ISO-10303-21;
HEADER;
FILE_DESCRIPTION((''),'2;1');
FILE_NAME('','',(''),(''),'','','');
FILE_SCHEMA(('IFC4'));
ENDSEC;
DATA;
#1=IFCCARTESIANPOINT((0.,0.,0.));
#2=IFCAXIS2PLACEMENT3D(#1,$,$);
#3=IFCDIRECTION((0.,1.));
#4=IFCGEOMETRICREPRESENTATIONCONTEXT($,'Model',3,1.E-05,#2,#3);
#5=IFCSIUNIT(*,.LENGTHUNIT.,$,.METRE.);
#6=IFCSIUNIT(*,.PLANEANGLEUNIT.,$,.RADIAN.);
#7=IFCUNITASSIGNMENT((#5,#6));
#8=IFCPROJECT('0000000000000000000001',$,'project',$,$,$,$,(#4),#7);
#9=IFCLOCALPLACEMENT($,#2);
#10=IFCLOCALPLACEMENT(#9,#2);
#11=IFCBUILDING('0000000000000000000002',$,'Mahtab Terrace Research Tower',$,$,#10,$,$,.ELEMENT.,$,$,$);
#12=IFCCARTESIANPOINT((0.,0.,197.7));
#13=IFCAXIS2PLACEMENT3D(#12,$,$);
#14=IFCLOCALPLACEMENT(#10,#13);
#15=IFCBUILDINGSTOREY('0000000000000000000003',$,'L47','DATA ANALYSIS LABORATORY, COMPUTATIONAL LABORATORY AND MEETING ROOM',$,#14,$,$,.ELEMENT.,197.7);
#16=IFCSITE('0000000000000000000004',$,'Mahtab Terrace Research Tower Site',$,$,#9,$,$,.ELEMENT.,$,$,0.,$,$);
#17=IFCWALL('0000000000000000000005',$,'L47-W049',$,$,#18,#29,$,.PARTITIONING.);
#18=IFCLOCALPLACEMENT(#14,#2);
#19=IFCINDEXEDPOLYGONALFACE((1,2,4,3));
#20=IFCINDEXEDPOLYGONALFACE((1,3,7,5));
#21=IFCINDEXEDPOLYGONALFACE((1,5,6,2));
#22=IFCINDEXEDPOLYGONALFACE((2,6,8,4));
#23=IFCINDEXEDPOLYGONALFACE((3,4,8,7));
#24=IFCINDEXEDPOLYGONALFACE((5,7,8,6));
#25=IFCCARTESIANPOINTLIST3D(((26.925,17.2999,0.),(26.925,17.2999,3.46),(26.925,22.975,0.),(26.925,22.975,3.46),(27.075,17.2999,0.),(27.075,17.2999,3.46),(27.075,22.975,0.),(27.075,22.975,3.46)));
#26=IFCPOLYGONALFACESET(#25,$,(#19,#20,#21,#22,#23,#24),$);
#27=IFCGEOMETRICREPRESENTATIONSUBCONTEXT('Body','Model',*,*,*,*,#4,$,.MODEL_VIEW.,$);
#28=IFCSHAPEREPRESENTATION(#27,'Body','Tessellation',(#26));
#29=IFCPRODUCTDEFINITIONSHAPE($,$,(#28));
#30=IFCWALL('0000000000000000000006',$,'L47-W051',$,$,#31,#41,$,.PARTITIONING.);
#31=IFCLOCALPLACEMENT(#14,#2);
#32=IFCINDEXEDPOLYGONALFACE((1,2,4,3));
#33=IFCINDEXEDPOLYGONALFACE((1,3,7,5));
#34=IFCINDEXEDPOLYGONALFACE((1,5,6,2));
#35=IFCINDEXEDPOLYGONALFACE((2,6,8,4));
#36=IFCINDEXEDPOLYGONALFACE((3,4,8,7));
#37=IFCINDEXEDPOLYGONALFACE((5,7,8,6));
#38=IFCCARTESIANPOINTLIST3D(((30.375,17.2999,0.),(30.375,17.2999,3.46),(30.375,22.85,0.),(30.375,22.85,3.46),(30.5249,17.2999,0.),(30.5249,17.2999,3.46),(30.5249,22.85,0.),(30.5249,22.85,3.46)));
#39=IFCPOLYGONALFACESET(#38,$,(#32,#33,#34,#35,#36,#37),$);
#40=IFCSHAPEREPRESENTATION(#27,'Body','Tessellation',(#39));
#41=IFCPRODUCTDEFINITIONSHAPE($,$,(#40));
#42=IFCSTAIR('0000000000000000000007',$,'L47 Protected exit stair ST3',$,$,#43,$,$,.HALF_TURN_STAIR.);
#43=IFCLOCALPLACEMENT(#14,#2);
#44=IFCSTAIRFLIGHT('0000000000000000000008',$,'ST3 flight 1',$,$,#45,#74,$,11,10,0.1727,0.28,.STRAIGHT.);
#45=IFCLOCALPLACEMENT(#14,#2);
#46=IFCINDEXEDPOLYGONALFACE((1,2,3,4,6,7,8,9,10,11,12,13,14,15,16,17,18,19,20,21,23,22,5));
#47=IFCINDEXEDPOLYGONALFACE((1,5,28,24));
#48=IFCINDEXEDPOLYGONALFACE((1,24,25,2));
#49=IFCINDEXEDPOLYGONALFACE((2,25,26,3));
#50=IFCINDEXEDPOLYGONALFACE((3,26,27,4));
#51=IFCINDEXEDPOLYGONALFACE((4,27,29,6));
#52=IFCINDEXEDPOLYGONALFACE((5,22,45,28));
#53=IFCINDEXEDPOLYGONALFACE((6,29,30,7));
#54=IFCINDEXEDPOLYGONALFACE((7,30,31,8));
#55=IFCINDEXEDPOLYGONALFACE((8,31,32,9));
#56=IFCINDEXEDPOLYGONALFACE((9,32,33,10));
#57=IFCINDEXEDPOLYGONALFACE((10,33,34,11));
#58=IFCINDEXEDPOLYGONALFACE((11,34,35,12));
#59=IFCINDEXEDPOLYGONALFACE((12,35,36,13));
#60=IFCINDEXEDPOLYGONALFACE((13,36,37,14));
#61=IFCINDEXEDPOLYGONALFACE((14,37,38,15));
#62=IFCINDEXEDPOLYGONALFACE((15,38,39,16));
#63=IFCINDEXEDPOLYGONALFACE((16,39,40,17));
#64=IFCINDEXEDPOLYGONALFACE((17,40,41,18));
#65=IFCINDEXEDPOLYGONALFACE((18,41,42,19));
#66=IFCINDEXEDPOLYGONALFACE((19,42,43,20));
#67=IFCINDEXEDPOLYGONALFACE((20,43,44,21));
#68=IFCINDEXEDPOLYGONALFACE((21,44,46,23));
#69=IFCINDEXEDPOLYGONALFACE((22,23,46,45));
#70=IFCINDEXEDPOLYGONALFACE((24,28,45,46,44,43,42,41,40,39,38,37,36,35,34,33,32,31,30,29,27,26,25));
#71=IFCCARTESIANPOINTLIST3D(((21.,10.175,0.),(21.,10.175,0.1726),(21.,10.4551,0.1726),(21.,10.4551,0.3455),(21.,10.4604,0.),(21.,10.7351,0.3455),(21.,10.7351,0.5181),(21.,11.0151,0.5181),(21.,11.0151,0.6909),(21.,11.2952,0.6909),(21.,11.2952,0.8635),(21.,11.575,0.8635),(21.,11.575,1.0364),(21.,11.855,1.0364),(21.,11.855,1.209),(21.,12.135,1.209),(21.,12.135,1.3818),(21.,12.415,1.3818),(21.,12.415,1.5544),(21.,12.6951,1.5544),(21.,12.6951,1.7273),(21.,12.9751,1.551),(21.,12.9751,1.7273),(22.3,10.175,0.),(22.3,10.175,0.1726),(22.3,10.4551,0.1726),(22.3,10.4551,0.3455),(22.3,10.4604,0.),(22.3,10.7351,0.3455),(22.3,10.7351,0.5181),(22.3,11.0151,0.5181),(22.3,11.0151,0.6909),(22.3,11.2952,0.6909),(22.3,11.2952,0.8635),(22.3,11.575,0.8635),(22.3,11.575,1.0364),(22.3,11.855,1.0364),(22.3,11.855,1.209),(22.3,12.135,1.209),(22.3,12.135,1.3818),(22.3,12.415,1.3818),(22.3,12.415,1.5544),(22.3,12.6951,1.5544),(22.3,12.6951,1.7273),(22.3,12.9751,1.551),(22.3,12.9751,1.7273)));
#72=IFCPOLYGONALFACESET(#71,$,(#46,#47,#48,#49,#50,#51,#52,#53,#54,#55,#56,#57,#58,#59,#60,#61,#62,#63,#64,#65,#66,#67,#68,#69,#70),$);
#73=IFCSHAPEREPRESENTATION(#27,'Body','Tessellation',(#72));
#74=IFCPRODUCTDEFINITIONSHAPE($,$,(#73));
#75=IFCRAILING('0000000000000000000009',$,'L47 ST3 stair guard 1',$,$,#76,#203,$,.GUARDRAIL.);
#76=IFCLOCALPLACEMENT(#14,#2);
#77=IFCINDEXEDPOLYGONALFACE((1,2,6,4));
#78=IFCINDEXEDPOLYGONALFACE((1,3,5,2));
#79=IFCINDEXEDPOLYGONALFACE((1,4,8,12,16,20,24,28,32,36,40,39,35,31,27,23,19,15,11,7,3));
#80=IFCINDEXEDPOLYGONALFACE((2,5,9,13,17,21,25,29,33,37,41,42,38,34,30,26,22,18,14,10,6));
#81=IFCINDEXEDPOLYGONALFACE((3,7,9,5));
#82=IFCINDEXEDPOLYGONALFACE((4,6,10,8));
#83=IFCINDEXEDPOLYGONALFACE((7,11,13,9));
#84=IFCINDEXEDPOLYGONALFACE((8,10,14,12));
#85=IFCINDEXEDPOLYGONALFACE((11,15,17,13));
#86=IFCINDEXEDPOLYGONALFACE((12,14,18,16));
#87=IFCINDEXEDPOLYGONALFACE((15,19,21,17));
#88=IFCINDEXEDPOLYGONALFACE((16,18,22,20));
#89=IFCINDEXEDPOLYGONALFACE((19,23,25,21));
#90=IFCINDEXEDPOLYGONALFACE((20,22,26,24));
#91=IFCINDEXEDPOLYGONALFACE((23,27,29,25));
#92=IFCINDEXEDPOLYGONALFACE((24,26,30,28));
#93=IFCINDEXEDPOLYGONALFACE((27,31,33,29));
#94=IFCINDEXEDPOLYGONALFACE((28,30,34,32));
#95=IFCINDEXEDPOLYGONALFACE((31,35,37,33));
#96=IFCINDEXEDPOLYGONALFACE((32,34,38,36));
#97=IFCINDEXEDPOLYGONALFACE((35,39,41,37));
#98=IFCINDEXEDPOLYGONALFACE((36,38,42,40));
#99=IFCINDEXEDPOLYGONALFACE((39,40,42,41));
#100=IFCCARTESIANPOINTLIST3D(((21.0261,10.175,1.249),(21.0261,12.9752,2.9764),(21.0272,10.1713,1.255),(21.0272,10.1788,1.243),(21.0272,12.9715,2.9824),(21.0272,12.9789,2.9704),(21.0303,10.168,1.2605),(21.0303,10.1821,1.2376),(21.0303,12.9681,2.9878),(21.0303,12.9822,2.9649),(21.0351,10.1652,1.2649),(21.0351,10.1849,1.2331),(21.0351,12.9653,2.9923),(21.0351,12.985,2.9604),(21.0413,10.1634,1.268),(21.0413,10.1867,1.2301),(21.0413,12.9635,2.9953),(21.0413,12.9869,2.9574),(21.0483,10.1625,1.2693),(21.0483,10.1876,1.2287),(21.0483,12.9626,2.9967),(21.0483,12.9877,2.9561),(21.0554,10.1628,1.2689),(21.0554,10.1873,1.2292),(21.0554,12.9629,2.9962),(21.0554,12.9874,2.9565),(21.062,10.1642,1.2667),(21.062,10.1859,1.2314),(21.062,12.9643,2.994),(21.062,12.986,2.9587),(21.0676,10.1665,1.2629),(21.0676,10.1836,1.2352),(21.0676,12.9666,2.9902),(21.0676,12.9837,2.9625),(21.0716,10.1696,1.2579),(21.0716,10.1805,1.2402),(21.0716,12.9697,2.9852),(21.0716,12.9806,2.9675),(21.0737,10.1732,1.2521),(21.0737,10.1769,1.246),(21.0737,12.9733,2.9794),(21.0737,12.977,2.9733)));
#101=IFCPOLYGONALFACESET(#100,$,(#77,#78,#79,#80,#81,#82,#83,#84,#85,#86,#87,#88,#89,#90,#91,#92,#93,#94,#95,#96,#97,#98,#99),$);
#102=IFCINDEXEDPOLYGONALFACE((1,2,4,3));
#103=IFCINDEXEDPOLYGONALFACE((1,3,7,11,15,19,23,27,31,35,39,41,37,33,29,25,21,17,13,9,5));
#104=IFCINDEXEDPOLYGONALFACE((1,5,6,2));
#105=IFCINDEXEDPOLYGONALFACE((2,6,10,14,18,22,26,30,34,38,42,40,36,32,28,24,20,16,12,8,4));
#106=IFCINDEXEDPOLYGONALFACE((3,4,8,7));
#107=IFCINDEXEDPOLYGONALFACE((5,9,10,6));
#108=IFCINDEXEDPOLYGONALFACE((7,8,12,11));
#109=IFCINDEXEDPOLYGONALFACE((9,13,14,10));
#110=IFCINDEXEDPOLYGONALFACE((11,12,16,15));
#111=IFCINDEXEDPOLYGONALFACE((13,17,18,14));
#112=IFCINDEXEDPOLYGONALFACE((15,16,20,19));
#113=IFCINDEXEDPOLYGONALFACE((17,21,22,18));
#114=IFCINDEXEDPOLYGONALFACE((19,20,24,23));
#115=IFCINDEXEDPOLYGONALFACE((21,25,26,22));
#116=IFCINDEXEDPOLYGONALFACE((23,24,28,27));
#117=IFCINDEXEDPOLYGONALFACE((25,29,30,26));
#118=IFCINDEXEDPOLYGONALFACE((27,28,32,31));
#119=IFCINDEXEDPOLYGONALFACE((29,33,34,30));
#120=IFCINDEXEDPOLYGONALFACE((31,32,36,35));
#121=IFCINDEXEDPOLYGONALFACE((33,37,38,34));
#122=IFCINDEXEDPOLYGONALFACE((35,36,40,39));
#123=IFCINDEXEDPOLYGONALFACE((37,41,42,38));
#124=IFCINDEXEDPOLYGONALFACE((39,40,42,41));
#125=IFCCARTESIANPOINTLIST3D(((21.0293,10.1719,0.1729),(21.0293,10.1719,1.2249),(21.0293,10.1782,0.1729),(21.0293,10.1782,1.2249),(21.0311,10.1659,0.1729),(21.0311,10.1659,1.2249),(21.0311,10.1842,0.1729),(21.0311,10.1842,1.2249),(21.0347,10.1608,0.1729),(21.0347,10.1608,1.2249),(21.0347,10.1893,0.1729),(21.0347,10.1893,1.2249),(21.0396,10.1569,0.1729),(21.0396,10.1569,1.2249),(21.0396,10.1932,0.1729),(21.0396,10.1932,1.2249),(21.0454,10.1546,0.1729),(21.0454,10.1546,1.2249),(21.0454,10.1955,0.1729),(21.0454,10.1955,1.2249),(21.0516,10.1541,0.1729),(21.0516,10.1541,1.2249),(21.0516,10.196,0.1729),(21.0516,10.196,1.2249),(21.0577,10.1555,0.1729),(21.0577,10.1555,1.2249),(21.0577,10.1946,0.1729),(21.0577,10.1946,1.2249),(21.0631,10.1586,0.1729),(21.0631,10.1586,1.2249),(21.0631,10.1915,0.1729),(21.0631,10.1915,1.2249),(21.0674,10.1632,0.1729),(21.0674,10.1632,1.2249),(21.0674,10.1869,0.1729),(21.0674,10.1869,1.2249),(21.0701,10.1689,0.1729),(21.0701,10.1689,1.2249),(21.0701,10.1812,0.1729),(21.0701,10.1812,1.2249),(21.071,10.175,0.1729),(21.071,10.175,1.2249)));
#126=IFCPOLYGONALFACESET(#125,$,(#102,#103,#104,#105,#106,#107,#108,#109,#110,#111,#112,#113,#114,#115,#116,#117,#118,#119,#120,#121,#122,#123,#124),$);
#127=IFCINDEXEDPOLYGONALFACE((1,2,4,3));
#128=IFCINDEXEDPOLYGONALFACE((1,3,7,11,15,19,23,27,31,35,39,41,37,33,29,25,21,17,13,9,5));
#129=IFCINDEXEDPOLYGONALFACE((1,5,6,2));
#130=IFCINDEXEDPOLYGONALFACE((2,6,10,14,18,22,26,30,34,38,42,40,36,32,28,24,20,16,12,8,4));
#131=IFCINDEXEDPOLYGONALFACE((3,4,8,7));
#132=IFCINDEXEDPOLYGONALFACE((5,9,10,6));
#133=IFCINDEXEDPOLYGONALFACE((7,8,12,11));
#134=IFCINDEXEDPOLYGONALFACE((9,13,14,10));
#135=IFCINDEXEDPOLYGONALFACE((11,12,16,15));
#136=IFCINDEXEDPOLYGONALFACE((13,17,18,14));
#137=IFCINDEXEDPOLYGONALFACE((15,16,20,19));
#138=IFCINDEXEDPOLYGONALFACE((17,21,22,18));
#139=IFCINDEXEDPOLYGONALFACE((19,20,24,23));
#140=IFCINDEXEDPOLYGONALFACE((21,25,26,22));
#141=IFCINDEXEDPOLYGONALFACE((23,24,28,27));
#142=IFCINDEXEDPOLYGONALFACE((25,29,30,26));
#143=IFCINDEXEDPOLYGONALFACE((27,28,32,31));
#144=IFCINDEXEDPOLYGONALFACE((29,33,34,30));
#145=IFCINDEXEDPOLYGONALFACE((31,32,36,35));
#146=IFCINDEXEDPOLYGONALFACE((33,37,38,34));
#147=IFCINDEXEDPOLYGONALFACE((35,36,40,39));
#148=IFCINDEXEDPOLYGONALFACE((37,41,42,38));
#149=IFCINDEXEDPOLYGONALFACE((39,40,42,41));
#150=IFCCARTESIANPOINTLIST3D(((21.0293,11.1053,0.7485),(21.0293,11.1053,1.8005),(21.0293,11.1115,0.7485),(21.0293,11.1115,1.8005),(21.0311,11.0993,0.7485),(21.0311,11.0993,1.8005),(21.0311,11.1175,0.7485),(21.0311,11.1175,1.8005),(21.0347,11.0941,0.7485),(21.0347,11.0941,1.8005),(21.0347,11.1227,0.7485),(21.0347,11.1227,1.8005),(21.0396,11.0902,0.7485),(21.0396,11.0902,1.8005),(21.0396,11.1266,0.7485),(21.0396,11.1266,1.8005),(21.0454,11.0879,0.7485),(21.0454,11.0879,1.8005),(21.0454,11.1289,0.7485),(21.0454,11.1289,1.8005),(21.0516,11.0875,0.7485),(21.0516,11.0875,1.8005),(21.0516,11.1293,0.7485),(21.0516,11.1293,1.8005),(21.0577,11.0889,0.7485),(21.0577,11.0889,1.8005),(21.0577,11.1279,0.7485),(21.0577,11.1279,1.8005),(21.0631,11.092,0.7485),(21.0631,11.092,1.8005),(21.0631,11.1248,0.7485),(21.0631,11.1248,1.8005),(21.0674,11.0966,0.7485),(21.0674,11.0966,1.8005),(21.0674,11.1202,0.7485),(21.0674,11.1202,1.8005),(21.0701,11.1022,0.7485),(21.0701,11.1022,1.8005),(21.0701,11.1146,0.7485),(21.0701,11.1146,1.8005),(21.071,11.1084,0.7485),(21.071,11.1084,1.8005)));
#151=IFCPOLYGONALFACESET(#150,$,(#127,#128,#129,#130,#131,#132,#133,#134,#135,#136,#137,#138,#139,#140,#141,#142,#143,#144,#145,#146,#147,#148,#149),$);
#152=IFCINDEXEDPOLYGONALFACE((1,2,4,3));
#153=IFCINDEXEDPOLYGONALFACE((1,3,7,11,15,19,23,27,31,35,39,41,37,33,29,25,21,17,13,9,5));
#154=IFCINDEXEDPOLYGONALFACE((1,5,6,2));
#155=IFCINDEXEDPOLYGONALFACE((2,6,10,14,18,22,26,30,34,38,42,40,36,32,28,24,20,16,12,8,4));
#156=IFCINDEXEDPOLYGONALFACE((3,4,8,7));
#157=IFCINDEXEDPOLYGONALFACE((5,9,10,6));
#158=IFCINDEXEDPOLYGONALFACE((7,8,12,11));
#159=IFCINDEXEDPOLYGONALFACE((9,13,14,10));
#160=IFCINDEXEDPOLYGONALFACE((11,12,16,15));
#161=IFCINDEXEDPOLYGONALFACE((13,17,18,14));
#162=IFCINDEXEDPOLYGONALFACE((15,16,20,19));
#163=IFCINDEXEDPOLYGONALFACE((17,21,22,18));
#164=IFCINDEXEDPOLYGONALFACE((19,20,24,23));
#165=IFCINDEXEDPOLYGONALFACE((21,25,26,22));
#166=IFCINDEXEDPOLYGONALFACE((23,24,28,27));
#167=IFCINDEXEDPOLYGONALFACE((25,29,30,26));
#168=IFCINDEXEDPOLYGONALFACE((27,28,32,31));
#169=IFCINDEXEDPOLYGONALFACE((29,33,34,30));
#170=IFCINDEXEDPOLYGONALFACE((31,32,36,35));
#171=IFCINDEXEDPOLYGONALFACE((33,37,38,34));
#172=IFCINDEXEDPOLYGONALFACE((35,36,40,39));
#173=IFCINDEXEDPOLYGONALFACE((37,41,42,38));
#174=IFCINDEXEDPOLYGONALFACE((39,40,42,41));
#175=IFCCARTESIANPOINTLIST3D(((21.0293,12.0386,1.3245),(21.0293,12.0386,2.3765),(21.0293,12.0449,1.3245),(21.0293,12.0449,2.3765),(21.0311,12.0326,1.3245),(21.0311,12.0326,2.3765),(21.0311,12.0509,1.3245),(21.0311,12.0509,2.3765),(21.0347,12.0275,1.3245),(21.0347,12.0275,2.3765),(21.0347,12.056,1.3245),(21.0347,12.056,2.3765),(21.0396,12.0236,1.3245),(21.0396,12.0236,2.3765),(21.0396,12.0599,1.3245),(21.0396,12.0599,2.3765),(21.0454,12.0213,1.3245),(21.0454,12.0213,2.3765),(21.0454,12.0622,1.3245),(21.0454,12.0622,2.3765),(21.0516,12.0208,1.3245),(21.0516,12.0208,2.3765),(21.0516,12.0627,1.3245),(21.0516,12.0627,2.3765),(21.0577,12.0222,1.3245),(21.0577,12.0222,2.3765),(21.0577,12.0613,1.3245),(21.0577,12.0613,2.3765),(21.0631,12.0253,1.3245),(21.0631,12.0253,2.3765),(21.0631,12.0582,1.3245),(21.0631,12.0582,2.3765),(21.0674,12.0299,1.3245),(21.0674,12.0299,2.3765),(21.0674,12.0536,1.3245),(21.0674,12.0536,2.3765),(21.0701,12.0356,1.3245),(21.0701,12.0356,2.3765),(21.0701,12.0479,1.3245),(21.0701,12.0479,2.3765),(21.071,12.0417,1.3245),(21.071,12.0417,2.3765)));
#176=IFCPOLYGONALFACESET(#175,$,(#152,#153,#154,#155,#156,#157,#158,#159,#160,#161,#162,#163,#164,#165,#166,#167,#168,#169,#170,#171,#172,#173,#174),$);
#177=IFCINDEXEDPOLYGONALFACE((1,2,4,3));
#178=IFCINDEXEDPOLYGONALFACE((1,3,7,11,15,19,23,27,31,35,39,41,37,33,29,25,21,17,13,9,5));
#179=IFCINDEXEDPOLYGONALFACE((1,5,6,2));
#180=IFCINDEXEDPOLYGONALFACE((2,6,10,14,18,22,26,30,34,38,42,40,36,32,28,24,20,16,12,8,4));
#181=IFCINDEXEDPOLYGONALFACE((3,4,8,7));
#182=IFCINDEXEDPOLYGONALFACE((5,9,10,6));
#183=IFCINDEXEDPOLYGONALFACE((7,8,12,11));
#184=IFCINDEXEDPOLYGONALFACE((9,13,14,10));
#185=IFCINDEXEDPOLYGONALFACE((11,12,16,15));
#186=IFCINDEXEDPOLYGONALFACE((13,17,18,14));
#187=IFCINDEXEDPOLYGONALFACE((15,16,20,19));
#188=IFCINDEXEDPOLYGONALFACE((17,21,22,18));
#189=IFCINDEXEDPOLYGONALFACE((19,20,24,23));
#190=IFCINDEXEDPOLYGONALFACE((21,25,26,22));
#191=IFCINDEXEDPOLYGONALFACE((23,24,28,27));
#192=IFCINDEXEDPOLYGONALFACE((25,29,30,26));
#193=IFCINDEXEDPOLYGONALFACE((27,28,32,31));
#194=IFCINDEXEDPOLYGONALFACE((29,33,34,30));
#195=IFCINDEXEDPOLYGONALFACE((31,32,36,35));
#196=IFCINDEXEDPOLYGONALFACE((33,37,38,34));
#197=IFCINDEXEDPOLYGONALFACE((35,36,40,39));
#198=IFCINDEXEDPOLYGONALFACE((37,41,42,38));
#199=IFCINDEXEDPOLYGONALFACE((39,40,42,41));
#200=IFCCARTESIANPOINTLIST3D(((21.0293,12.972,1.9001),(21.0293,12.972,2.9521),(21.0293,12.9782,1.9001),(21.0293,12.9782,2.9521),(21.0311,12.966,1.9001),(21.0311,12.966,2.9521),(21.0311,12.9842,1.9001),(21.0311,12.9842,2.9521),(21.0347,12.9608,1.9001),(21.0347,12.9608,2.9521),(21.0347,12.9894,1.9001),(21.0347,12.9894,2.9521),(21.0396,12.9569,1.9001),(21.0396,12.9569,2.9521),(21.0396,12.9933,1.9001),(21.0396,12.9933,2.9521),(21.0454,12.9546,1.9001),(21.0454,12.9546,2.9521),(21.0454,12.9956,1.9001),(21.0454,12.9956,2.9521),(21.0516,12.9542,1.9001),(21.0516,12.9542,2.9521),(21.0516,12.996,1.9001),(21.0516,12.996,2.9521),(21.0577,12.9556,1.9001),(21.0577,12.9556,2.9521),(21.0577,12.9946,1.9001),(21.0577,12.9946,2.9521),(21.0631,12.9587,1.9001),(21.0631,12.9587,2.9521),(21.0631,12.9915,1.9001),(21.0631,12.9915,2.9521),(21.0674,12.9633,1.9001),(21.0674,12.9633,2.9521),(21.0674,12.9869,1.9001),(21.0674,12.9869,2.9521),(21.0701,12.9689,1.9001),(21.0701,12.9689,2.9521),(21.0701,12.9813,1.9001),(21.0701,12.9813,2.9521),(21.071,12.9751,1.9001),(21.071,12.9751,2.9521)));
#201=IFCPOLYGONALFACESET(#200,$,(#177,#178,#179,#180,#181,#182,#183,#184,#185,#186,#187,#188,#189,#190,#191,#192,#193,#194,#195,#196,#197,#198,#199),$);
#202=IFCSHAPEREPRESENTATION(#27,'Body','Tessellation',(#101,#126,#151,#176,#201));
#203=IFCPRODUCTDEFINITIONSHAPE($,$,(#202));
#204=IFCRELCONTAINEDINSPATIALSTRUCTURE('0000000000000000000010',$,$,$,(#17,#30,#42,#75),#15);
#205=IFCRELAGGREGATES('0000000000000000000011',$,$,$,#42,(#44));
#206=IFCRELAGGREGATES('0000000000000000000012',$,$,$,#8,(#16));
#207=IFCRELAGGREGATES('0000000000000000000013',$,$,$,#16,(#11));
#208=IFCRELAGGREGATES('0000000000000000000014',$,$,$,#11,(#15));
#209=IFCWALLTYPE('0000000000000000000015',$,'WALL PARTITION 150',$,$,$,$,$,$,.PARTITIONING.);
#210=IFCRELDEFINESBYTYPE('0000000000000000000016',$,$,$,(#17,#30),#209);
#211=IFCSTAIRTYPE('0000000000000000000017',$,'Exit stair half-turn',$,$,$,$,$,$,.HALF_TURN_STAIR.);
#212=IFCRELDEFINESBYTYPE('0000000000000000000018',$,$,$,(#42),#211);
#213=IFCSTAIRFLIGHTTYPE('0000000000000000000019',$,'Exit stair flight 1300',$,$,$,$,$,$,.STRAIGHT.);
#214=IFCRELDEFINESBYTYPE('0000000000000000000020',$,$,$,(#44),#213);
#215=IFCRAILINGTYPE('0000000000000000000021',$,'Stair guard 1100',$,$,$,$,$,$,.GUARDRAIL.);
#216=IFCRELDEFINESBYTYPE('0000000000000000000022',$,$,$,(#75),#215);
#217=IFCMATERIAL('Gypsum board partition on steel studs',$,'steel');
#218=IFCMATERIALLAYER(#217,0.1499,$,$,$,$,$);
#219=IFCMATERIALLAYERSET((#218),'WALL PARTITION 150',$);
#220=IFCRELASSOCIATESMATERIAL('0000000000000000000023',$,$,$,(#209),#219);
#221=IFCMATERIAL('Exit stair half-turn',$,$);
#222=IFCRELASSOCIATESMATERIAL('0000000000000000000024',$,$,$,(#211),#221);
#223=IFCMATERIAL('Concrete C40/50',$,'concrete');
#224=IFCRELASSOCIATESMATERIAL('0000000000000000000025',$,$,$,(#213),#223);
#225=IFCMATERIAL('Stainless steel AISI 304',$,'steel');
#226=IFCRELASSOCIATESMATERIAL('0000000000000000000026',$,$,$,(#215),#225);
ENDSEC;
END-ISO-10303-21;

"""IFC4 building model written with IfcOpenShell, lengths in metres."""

from ifc_helpers import new_model, si_unit, direction, frame, frame_2d, origin, origin_2d, place, context, subcontext, project, spatial, polyline, rectangle, circle, outline, extrude, material, layer, layer_set, type_object, element, aggregate, save


model = new_model("IFC4")

# Units and contexts
model_context = context("Model", 3, precision=1e-05, world=origin(), true_north=direction((0.0, 1.0)))
body_context = subcontext(model_context, "Body", "Model", "MODEL_VIEW")
ifc_project = project(units=[si_unit("LENGTHUNIT", "METRE"), si_unit("PLANEANGLEUNIT", "RADIAN")], contexts=[model_context])

# Site, building, storey
site_placement = place(None, origin())
site = spatial("IfcSite", under=ifc_project, at=site_placement, Name="Mahtab Terrace Research Tower Site", CompositionType="ELEMENT", RefElevation=0.0)
building_placement = place(site_placement, origin())
building = spatial("IfcBuilding", under=site, at=building_placement, Name="Mahtab Terrace Research Tower", CompositionType="ELEMENT")
storey_placement = place(building_placement, frame((0.0, 0.0, 197.7)))
storey = spatial("IfcBuildingStorey", under=building, at=storey_placement, Name="L47", Description="DATA ANALYSIS LABORATORY, COMPUTATIONAL LABORATORY AND MEETING ROOM", CompositionType="ELEMENT", Elevation=197.7)

# Shared definitions
ifc_material_1 = material(Name="Stainless steel AISI 304", Category="steel")

# Walls
ifc_material_2 = material(Name="Gypsum board partition on steel studs", Category="steel")
ifc_layer_1 = layer(ifc_material_2, 0.1499)
ifc_layer_set_1 = layer_set([ifc_layer_1], Name="WALL PARTITION 150")
wall_type_1 = type_object("IfcWallType", Name="WALL PARTITION 150", PredefinedType="PARTITIONING", material=ifc_layer_set_1)
wall_1_placement = place(storey_placement, frame((27.0, 17.3, 0.0), z_axis=(0.0, 0.0, 1.0), x_axis=(0.0, 1.0, 0.0)))
element("IfcWall", 1, at=wall_1_placement, inside=storey, type_object=wall_type_1, Name="L47-W049", PredefinedType="PARTITIONING", context=body_context, shape_type="SweptSolid", body=[
    extrude(rectangle(XDim=5.675, YDim=0.1499, at=frame_2d((2.8374, 0.0))), origin(), (0.0, 0.0, 1.0), 3.46),
])
wall_2_placement = place(storey_placement, frame((30.45, 17.3, 0.0), z_axis=(0.0, 0.0, 1.0), x_axis=(0.0, 1.0, 0.0)))
element("IfcWall", 2, at=wall_2_placement, inside=storey, type_object=wall_type_1, Name="L47-W051", PredefinedType="PARTITIONING", context=body_context, shape_type="SweptSolid", body=[
    extrude(rectangle(XDim=5.55, YDim=0.1499, at=frame_2d((2.7749, 0.0))), origin(), (0.0, 0.0, 1.0), 3.46),
])

# Stair, stair flight
ifc_material_3 = material(Name="Exit stair half-turn")
stair_type = type_object("IfcStairType", Name="Exit stair half-turn", PredefinedType="HALF_TURN_STAIR", material=ifc_material_3)
stair_placement = place(storey_placement, origin())
stair = element("IfcStair", 3, at=stair_placement, inside=storey, type_object=stair_type, Name="L47 Protected exit stair ST3", PredefinedType="HALF_TURN_STAIR")
ifc_material_4 = material(Name="Concrete C40/50", Category="concrete")
stair_flight_type = type_object("IfcStairFlightType", Name="Exit stair flight 1300", PredefinedType="STRAIGHT", material=ifc_material_4)
stair_flight_placement = place(storey_placement, frame((21.6499, 10.175, 0.0), z_axis=(0.0, 0.0, 1.0), x_axis=(0.0, 1.0, 0.0)))
stair_flight = element("IfcStairFlight", 4, at=stair_flight_placement, type_object=stair_flight_type, Name="ST3 flight 1", NumberOfRisers=11, NumberOfTreads=10, PredefinedType="STRAIGHT", RiserHeight=0.1727, TreadLength=0.28, context=body_context, shape_type="SweptSolid", body=[
    extrude(outline(polyline([(0.0, 0.0), (0.0, 0.1726), (0.28, 0.1726), (0.28, 0.3455), (0.5601, 0.3455), (0.5601, 0.5181), (0.8401, 0.5181), (0.8401, 0.6909), (1.1201, 0.6909), (1.1201, 0.8635), (1.3999, 0.8635), (1.3999, 1.0364), (1.6799, 1.0364), (1.6799, 1.209), (1.96, 1.209), (1.96, 1.3818), (2.24, 1.3818), (2.24, 1.5544), (2.52, 1.5544), (2.52, 1.7273), (2.8, 1.7273), (2.8, 1.8999), (2.8, 1.551), (0.2854, 0.0), (0.0, 0.0)])), frame((0.0, 0.6499, 0.0), z_axis=(0.0, -1.0, 0.0), x_axis=(1.0, 0.0, 0.0)), (0.0, 0.0, 1.0), 1.3),
])
aggregate(stair, [stair_flight])

# Railing
railing_type_1 = type_object("IfcRailingType", Name="Stair guard 1100", PredefinedType="GUARDRAIL", material=ifc_material_1)
railing_1_placement = place(storey_placement, frame((21.05, 10.175, 0.1729)))
element("IfcRailing", 5, at=railing_1_placement, inside=storey, type_object=railing_type_1, Name="L47 ST3 stair guard 1", PredefinedType="GUARDRAIL", context=body_context, shape_type="SweptSolid", body=[
    extrude(circle(Radius=0.0239, at=origin_2d()), frame((0.0, 0.0, 1.0762), z_axis=(0.0, 0.85109, 0.52502), x_axis=(-1.0, 0.0, 0.0)), (0.0, 0.0, 1.0), 3.29),
    extrude(circle(Radius=0.021, at=origin_2d()), origin(), (0.0, 0.0, 1.0), 1.052),
    extrude(circle(Radius=0.021, at=origin_2d()), frame((0.0, 0.9333, 0.5757)), (0.0, 0.0, 1.0), 1.052),
    extrude(circle(Radius=0.021, at=origin_2d()), frame((0.0, 1.8667, 1.1516)), (0.0, 0.0, 1.0), 1.052),
    extrude(circle(Radius=0.021, at=origin_2d()), frame((0.0, 2.8, 1.7273)), (0.0, 0.0, 1.0), 1.052),
])

save(model, "model.ifc")
